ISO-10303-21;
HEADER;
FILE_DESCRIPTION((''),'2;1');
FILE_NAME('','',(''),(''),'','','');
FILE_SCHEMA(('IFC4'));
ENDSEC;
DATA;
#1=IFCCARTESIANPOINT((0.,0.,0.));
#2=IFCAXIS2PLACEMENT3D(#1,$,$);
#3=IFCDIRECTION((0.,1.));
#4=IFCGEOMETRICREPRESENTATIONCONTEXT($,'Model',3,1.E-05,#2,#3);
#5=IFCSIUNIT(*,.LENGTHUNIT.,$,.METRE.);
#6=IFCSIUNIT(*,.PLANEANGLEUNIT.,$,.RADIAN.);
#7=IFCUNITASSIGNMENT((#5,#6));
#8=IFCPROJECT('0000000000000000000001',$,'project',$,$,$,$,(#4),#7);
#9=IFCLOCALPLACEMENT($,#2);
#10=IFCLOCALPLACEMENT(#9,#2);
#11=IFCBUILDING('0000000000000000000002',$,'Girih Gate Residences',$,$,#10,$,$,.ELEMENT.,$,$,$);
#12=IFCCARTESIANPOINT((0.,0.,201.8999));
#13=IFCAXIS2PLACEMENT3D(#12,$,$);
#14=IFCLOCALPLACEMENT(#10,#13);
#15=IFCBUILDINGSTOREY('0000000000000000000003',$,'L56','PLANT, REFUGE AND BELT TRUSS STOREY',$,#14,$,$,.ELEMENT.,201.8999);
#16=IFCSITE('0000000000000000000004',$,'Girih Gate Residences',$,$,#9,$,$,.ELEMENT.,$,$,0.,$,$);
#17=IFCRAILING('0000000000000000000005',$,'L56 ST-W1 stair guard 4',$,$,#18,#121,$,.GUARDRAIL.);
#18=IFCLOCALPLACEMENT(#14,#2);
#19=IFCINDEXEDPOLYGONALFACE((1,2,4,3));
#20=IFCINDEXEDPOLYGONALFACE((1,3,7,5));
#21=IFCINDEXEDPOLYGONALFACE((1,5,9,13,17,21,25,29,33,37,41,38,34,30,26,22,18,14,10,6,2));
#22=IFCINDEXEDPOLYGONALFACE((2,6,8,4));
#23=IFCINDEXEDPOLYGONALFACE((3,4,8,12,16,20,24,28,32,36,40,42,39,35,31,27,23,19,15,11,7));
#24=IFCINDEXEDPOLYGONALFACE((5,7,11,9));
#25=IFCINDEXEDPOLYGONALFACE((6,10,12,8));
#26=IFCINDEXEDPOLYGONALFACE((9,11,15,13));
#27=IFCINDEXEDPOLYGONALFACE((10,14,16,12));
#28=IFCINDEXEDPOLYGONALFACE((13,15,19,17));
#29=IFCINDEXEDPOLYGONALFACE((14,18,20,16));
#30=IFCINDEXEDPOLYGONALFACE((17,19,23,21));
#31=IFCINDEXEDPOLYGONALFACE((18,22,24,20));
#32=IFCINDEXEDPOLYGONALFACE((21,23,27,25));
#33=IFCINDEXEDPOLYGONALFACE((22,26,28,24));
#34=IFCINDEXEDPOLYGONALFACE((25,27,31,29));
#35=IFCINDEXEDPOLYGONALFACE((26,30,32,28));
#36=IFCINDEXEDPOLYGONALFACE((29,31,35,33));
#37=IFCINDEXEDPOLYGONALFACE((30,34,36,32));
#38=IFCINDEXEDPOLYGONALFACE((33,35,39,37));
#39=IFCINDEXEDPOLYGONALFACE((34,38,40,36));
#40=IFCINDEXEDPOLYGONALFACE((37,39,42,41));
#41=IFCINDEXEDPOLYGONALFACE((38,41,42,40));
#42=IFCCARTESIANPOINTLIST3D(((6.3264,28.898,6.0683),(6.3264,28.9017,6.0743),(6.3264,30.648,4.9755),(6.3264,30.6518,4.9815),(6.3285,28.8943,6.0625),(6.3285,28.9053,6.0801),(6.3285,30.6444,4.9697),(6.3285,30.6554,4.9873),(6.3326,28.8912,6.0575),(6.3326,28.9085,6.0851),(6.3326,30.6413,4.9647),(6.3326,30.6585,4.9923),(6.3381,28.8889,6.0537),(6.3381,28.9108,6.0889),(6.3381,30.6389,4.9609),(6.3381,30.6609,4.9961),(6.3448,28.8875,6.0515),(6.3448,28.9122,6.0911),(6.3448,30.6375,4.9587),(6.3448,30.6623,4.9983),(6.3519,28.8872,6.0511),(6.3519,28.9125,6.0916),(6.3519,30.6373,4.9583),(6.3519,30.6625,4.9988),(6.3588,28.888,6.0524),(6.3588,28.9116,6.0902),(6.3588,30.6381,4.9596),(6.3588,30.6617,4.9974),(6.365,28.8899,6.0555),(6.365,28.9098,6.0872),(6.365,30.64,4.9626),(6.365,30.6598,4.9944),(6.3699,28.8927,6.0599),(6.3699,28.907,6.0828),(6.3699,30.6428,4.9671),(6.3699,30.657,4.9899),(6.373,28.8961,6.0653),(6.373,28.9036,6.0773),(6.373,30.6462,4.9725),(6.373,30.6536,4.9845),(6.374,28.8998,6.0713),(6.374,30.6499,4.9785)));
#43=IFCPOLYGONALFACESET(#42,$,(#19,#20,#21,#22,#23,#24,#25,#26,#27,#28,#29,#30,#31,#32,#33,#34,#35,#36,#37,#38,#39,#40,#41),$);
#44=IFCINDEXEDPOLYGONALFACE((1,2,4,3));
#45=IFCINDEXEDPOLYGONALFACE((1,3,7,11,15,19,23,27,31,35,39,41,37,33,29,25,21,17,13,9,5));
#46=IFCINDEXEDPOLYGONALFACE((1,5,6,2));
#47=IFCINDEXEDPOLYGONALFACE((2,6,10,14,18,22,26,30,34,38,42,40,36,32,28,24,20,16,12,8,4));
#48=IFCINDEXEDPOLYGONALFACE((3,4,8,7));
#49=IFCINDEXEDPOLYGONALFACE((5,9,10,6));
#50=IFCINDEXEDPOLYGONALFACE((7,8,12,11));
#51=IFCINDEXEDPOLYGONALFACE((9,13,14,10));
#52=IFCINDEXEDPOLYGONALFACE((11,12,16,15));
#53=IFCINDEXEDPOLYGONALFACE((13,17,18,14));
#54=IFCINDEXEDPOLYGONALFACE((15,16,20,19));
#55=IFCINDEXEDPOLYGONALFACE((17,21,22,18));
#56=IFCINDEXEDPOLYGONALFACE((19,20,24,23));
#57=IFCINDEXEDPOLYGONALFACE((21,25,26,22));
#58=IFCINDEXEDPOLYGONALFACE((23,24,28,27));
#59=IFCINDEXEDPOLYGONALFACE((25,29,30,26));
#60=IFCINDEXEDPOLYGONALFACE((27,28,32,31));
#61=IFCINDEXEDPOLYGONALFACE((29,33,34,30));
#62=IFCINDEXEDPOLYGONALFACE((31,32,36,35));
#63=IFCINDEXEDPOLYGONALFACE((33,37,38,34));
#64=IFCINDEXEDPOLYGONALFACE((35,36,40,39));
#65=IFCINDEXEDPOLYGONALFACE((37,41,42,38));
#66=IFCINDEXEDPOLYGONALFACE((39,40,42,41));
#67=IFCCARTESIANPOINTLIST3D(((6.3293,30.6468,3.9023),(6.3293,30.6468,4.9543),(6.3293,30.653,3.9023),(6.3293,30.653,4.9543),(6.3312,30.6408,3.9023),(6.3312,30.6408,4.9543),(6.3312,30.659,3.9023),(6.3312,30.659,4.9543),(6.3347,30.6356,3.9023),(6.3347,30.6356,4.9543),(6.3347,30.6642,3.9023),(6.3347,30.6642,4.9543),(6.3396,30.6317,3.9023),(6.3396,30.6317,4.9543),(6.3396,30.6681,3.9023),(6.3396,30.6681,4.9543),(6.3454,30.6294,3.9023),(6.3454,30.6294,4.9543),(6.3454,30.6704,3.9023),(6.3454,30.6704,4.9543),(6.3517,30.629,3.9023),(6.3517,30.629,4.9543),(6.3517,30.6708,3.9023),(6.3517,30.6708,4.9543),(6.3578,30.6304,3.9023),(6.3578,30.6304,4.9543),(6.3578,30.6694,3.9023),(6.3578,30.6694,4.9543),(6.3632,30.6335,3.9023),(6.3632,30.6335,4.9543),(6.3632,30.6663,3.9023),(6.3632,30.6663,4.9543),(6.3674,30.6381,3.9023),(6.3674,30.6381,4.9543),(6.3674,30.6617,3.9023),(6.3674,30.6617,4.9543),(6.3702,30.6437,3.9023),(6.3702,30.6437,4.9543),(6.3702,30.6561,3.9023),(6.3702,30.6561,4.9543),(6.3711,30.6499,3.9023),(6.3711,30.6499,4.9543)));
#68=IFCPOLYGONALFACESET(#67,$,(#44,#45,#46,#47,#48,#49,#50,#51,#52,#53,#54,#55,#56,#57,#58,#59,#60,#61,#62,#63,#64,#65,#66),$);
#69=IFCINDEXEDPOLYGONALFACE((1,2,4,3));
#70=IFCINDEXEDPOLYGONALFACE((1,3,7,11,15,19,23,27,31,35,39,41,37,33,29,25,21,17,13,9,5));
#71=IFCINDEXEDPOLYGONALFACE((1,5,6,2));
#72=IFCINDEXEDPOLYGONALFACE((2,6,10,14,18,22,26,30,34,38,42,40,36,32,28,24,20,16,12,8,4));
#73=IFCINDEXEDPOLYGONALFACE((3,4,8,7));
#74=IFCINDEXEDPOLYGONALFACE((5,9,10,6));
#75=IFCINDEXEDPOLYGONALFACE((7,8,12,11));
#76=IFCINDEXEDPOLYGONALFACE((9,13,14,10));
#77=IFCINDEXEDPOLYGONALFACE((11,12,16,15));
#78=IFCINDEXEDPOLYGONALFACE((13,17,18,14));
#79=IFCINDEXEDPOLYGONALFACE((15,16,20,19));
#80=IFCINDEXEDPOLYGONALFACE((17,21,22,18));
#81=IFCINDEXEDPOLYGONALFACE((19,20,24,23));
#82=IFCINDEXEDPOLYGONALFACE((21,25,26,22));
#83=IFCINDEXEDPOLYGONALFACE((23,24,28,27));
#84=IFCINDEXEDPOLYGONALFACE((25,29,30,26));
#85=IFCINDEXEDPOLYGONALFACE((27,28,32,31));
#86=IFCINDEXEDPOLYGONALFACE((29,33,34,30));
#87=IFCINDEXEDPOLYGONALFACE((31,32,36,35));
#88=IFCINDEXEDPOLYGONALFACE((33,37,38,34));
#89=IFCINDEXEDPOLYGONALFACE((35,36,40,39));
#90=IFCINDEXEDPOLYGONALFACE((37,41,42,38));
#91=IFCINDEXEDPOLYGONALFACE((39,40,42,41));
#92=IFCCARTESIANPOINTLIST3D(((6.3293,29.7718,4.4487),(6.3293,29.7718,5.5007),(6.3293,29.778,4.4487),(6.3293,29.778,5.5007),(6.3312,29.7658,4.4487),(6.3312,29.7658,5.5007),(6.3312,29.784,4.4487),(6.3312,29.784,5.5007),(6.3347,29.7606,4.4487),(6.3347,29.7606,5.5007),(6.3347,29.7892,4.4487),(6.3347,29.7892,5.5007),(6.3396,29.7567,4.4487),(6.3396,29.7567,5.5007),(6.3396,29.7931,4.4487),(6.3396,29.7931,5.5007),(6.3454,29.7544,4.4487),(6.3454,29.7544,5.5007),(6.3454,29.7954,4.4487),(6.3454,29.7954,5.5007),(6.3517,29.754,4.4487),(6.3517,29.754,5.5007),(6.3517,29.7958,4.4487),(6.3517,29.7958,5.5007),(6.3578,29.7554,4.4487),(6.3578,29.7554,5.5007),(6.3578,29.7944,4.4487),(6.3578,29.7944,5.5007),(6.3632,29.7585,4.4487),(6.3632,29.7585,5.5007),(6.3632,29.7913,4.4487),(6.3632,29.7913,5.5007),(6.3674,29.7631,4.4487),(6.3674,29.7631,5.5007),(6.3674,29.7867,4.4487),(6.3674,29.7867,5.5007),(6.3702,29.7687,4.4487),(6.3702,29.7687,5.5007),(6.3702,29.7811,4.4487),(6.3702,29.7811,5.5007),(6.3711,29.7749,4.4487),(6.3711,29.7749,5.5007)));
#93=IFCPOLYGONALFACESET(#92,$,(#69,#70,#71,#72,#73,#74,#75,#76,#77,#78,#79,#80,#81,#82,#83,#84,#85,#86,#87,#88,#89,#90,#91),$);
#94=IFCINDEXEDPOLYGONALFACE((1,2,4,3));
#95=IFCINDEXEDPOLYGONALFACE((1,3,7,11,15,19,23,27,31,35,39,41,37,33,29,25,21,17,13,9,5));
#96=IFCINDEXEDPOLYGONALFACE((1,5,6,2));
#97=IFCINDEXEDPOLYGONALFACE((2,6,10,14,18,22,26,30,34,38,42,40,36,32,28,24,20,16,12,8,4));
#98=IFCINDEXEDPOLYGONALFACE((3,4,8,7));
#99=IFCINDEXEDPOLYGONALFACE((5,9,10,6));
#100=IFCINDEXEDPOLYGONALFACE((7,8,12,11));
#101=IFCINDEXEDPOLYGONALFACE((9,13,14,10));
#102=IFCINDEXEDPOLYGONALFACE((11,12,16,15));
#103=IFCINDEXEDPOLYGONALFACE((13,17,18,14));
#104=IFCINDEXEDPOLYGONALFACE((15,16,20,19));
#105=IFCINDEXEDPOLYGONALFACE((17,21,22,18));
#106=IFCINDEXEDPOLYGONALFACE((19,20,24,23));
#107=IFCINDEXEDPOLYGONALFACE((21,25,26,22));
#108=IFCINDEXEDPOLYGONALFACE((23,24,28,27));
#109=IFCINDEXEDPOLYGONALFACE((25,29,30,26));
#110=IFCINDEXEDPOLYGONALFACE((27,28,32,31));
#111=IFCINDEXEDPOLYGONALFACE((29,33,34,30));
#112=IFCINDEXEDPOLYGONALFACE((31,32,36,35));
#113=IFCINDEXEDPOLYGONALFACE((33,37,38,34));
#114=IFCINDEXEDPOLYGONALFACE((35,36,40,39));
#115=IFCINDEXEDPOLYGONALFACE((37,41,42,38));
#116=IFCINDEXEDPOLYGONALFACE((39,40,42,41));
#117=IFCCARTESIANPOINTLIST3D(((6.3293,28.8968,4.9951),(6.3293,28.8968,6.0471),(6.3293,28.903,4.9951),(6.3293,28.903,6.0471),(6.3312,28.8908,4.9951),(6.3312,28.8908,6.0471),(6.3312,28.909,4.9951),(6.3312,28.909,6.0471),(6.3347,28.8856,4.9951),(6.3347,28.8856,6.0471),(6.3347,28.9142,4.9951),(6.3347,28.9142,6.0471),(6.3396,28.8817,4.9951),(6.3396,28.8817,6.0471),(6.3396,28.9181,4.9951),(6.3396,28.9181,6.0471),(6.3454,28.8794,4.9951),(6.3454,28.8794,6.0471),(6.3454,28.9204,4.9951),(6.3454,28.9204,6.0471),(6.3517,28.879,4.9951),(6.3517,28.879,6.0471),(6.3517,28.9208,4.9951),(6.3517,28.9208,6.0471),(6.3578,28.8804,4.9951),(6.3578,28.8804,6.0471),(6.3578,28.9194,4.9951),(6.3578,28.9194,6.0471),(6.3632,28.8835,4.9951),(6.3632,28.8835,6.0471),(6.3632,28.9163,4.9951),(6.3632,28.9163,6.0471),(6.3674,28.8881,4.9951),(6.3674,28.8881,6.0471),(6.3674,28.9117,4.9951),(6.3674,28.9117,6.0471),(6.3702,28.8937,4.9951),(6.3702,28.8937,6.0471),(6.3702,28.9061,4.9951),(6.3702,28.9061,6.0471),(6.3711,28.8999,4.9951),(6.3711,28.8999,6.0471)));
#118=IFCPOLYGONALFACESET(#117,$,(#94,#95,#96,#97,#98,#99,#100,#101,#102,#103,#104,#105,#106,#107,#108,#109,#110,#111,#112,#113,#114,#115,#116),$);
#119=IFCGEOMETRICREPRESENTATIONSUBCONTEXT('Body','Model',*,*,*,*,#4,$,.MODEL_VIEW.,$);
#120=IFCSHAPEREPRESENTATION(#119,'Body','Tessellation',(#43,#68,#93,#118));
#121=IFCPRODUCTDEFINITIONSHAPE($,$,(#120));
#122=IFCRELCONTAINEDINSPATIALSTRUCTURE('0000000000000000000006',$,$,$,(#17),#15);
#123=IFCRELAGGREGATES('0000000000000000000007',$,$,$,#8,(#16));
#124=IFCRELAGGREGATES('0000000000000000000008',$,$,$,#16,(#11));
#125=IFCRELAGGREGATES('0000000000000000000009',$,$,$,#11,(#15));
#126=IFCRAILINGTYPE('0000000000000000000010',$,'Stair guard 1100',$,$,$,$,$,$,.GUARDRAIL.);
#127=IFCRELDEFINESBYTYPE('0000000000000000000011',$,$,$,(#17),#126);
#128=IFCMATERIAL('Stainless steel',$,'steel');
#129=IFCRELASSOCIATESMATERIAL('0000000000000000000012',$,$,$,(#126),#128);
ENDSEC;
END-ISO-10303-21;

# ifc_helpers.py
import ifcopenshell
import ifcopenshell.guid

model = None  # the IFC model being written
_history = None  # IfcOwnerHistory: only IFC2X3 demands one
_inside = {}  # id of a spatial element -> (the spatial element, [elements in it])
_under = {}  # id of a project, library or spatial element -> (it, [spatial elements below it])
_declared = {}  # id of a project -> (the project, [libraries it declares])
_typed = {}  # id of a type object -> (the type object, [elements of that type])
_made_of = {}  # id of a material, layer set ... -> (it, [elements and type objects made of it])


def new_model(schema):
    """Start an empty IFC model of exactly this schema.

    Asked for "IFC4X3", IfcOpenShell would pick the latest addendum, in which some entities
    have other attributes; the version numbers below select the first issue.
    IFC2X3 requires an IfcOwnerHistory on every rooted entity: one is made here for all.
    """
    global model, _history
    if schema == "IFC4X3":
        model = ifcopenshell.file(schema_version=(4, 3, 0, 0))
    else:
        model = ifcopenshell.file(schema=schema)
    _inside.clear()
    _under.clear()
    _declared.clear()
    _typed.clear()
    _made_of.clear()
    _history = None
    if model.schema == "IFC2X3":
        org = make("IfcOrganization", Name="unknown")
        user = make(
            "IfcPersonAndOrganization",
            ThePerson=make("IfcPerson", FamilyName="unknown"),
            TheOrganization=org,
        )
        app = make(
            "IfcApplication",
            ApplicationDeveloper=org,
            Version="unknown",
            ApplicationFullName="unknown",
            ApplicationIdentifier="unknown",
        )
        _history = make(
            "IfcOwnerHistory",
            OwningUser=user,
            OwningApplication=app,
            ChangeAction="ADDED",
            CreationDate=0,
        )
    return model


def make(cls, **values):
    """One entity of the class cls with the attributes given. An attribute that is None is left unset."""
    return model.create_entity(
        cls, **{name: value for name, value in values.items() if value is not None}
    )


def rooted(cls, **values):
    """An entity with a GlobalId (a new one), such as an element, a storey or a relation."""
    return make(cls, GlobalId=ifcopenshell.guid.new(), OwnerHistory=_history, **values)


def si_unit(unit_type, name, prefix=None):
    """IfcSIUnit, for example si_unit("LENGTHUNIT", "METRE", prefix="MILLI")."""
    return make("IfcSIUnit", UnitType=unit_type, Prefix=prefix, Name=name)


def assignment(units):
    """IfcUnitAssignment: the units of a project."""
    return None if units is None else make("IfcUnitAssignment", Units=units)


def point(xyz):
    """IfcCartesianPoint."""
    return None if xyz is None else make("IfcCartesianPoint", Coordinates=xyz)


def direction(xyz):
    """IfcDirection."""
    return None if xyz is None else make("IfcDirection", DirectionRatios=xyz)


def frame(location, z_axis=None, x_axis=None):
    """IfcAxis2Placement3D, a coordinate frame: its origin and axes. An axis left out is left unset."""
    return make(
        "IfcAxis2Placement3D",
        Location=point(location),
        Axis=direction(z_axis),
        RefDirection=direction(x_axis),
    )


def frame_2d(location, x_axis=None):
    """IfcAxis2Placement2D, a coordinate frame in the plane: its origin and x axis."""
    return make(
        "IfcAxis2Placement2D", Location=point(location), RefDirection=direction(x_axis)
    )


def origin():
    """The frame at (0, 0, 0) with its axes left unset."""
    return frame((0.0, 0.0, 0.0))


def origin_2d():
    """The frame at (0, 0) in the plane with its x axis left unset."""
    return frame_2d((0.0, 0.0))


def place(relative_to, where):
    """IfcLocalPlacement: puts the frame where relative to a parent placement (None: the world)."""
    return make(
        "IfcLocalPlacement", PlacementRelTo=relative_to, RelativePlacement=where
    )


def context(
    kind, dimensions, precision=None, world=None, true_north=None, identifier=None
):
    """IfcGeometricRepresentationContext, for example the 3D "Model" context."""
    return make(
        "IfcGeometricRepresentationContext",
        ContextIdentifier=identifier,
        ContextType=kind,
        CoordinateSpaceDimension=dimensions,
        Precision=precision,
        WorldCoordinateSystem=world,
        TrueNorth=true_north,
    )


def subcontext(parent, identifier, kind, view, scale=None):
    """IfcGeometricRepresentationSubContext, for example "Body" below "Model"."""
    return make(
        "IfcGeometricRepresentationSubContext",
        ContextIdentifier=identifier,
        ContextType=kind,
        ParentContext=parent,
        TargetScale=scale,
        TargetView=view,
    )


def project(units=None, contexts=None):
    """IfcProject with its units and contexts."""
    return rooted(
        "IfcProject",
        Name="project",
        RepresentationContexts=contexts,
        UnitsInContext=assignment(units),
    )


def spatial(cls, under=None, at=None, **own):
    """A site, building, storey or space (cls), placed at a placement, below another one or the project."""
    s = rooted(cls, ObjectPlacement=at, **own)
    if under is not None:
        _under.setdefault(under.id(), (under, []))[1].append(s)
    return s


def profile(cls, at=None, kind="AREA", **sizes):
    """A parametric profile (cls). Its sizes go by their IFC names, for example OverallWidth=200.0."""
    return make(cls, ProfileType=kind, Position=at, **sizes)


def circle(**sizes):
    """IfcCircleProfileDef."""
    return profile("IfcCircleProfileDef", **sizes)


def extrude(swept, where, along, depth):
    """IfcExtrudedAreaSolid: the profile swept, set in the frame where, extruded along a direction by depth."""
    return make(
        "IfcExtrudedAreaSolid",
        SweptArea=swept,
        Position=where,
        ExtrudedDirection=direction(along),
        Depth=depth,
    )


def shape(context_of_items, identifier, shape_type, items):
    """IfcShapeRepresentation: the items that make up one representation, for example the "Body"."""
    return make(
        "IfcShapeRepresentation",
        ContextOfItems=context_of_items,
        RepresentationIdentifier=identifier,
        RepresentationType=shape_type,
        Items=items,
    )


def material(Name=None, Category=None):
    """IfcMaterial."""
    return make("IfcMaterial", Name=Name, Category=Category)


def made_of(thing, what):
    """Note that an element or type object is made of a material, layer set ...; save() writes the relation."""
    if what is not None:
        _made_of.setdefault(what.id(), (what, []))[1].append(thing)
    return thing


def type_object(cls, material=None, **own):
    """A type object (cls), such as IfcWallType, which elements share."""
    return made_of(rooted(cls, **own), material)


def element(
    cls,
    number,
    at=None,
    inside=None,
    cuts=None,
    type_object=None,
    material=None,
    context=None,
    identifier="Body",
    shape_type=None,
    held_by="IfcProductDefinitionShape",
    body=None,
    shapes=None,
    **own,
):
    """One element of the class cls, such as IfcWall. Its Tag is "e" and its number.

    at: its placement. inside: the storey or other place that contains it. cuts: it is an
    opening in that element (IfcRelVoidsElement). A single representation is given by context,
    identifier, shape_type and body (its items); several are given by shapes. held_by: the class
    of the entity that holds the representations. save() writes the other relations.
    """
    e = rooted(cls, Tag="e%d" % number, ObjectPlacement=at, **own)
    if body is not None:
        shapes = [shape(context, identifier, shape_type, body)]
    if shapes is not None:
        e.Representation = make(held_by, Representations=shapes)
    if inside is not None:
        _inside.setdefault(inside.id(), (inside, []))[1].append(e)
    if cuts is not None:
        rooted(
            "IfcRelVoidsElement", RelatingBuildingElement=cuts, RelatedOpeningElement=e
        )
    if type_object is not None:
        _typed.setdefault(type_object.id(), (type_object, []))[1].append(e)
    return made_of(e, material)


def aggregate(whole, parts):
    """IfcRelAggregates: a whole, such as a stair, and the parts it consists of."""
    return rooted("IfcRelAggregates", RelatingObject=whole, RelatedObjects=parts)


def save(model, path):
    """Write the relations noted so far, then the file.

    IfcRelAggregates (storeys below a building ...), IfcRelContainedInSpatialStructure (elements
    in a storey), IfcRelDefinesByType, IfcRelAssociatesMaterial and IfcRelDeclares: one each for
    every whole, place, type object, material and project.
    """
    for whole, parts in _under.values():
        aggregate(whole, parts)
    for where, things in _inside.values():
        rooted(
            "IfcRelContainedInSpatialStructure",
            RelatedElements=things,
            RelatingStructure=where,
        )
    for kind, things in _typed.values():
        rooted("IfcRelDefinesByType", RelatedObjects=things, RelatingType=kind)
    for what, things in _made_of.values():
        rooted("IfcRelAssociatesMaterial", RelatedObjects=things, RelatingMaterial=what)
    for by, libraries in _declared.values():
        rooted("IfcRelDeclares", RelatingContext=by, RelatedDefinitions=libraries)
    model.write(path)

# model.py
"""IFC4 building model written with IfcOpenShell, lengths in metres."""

from ifc_helpers import new_model, si_unit, direction, frame, origin, origin_2d, place, context, subcontext, project, spatial, circle, extrude, material, type_object, element, save


model = new_model("IFC4")

# Units and contexts
model_context = context("Model", 3, precision=1e-05, world=origin(), true_north=direction((0.0, 1.0)))
body_context = subcontext(model_context, "Body", "Model", "MODEL_VIEW")
ifc_project = project(units=[si_unit("LENGTHUNIT", "METRE"), si_unit("PLANEANGLEUNIT", "RADIAN")], contexts=[model_context])

# Site, building, storey
site_placement = place(None, origin())
site = spatial("IfcSite", under=ifc_project, at=site_placement, Name="Girih Gate Residences", CompositionType="ELEMENT", RefElevation=0.0)
building_placement = place(site_placement, origin())
building = spatial("IfcBuilding", under=site, at=building_placement, Name="Girih Gate Residences", CompositionType="ELEMENT")
storey_placement = place(building_placement, frame((0.0, 0.0, 201.8999)))
storey = spatial("IfcBuildingStorey", under=building, at=storey_placement, Name="L56", Description="PLANT, REFUGE AND BELT TRUSS STOREY", CompositionType="ELEMENT", Elevation=201.8999)

# Shared definitions
ifc_material_1 = material(Name="Stainless steel", Category="steel")

# Railing
railing_type_1 = type_object("IfcRailingType", Name="Stair guard 1100", PredefinedType="GUARDRAIL", material=ifc_material_1)
railing_1_placement = place(storey_placement, frame((6.3501, 30.6499, 3.9023)))
element("IfcRailing", 1, at=railing_1_placement, inside=storey, type_object=railing_type_1, Name="L56 ST-W1 stair guard 4", PredefinedType="GUARDRAIL", context=body_context, shape_type="SweptSolid", body=[
    extrude(circle(Radius=0.0239, at=origin_2d()), frame((0.0, 0.0, 1.0762), z_axis=(0.0, -0.848211, 0.529659), x_axis=(1.0, 0.0, 0.0)), (0.0, 0.0, 1.0), 2.0632),
    extrude(circle(Radius=0.021, at=origin_2d()), origin(), (0.0, 0.0, 1.0), 1.052),
    extrude(circle(Radius=0.021, at=origin_2d()), frame((0.0, -0.875, 0.5464)), (0.0, 0.0, 1.0), 1.052),
    extrude(circle(Radius=0.021, at=origin_2d()), frame((0.0, -1.75, 1.0928)), (0.0, 0.0, 1.0), 1.052),
])

save(model, "model.ifc")
